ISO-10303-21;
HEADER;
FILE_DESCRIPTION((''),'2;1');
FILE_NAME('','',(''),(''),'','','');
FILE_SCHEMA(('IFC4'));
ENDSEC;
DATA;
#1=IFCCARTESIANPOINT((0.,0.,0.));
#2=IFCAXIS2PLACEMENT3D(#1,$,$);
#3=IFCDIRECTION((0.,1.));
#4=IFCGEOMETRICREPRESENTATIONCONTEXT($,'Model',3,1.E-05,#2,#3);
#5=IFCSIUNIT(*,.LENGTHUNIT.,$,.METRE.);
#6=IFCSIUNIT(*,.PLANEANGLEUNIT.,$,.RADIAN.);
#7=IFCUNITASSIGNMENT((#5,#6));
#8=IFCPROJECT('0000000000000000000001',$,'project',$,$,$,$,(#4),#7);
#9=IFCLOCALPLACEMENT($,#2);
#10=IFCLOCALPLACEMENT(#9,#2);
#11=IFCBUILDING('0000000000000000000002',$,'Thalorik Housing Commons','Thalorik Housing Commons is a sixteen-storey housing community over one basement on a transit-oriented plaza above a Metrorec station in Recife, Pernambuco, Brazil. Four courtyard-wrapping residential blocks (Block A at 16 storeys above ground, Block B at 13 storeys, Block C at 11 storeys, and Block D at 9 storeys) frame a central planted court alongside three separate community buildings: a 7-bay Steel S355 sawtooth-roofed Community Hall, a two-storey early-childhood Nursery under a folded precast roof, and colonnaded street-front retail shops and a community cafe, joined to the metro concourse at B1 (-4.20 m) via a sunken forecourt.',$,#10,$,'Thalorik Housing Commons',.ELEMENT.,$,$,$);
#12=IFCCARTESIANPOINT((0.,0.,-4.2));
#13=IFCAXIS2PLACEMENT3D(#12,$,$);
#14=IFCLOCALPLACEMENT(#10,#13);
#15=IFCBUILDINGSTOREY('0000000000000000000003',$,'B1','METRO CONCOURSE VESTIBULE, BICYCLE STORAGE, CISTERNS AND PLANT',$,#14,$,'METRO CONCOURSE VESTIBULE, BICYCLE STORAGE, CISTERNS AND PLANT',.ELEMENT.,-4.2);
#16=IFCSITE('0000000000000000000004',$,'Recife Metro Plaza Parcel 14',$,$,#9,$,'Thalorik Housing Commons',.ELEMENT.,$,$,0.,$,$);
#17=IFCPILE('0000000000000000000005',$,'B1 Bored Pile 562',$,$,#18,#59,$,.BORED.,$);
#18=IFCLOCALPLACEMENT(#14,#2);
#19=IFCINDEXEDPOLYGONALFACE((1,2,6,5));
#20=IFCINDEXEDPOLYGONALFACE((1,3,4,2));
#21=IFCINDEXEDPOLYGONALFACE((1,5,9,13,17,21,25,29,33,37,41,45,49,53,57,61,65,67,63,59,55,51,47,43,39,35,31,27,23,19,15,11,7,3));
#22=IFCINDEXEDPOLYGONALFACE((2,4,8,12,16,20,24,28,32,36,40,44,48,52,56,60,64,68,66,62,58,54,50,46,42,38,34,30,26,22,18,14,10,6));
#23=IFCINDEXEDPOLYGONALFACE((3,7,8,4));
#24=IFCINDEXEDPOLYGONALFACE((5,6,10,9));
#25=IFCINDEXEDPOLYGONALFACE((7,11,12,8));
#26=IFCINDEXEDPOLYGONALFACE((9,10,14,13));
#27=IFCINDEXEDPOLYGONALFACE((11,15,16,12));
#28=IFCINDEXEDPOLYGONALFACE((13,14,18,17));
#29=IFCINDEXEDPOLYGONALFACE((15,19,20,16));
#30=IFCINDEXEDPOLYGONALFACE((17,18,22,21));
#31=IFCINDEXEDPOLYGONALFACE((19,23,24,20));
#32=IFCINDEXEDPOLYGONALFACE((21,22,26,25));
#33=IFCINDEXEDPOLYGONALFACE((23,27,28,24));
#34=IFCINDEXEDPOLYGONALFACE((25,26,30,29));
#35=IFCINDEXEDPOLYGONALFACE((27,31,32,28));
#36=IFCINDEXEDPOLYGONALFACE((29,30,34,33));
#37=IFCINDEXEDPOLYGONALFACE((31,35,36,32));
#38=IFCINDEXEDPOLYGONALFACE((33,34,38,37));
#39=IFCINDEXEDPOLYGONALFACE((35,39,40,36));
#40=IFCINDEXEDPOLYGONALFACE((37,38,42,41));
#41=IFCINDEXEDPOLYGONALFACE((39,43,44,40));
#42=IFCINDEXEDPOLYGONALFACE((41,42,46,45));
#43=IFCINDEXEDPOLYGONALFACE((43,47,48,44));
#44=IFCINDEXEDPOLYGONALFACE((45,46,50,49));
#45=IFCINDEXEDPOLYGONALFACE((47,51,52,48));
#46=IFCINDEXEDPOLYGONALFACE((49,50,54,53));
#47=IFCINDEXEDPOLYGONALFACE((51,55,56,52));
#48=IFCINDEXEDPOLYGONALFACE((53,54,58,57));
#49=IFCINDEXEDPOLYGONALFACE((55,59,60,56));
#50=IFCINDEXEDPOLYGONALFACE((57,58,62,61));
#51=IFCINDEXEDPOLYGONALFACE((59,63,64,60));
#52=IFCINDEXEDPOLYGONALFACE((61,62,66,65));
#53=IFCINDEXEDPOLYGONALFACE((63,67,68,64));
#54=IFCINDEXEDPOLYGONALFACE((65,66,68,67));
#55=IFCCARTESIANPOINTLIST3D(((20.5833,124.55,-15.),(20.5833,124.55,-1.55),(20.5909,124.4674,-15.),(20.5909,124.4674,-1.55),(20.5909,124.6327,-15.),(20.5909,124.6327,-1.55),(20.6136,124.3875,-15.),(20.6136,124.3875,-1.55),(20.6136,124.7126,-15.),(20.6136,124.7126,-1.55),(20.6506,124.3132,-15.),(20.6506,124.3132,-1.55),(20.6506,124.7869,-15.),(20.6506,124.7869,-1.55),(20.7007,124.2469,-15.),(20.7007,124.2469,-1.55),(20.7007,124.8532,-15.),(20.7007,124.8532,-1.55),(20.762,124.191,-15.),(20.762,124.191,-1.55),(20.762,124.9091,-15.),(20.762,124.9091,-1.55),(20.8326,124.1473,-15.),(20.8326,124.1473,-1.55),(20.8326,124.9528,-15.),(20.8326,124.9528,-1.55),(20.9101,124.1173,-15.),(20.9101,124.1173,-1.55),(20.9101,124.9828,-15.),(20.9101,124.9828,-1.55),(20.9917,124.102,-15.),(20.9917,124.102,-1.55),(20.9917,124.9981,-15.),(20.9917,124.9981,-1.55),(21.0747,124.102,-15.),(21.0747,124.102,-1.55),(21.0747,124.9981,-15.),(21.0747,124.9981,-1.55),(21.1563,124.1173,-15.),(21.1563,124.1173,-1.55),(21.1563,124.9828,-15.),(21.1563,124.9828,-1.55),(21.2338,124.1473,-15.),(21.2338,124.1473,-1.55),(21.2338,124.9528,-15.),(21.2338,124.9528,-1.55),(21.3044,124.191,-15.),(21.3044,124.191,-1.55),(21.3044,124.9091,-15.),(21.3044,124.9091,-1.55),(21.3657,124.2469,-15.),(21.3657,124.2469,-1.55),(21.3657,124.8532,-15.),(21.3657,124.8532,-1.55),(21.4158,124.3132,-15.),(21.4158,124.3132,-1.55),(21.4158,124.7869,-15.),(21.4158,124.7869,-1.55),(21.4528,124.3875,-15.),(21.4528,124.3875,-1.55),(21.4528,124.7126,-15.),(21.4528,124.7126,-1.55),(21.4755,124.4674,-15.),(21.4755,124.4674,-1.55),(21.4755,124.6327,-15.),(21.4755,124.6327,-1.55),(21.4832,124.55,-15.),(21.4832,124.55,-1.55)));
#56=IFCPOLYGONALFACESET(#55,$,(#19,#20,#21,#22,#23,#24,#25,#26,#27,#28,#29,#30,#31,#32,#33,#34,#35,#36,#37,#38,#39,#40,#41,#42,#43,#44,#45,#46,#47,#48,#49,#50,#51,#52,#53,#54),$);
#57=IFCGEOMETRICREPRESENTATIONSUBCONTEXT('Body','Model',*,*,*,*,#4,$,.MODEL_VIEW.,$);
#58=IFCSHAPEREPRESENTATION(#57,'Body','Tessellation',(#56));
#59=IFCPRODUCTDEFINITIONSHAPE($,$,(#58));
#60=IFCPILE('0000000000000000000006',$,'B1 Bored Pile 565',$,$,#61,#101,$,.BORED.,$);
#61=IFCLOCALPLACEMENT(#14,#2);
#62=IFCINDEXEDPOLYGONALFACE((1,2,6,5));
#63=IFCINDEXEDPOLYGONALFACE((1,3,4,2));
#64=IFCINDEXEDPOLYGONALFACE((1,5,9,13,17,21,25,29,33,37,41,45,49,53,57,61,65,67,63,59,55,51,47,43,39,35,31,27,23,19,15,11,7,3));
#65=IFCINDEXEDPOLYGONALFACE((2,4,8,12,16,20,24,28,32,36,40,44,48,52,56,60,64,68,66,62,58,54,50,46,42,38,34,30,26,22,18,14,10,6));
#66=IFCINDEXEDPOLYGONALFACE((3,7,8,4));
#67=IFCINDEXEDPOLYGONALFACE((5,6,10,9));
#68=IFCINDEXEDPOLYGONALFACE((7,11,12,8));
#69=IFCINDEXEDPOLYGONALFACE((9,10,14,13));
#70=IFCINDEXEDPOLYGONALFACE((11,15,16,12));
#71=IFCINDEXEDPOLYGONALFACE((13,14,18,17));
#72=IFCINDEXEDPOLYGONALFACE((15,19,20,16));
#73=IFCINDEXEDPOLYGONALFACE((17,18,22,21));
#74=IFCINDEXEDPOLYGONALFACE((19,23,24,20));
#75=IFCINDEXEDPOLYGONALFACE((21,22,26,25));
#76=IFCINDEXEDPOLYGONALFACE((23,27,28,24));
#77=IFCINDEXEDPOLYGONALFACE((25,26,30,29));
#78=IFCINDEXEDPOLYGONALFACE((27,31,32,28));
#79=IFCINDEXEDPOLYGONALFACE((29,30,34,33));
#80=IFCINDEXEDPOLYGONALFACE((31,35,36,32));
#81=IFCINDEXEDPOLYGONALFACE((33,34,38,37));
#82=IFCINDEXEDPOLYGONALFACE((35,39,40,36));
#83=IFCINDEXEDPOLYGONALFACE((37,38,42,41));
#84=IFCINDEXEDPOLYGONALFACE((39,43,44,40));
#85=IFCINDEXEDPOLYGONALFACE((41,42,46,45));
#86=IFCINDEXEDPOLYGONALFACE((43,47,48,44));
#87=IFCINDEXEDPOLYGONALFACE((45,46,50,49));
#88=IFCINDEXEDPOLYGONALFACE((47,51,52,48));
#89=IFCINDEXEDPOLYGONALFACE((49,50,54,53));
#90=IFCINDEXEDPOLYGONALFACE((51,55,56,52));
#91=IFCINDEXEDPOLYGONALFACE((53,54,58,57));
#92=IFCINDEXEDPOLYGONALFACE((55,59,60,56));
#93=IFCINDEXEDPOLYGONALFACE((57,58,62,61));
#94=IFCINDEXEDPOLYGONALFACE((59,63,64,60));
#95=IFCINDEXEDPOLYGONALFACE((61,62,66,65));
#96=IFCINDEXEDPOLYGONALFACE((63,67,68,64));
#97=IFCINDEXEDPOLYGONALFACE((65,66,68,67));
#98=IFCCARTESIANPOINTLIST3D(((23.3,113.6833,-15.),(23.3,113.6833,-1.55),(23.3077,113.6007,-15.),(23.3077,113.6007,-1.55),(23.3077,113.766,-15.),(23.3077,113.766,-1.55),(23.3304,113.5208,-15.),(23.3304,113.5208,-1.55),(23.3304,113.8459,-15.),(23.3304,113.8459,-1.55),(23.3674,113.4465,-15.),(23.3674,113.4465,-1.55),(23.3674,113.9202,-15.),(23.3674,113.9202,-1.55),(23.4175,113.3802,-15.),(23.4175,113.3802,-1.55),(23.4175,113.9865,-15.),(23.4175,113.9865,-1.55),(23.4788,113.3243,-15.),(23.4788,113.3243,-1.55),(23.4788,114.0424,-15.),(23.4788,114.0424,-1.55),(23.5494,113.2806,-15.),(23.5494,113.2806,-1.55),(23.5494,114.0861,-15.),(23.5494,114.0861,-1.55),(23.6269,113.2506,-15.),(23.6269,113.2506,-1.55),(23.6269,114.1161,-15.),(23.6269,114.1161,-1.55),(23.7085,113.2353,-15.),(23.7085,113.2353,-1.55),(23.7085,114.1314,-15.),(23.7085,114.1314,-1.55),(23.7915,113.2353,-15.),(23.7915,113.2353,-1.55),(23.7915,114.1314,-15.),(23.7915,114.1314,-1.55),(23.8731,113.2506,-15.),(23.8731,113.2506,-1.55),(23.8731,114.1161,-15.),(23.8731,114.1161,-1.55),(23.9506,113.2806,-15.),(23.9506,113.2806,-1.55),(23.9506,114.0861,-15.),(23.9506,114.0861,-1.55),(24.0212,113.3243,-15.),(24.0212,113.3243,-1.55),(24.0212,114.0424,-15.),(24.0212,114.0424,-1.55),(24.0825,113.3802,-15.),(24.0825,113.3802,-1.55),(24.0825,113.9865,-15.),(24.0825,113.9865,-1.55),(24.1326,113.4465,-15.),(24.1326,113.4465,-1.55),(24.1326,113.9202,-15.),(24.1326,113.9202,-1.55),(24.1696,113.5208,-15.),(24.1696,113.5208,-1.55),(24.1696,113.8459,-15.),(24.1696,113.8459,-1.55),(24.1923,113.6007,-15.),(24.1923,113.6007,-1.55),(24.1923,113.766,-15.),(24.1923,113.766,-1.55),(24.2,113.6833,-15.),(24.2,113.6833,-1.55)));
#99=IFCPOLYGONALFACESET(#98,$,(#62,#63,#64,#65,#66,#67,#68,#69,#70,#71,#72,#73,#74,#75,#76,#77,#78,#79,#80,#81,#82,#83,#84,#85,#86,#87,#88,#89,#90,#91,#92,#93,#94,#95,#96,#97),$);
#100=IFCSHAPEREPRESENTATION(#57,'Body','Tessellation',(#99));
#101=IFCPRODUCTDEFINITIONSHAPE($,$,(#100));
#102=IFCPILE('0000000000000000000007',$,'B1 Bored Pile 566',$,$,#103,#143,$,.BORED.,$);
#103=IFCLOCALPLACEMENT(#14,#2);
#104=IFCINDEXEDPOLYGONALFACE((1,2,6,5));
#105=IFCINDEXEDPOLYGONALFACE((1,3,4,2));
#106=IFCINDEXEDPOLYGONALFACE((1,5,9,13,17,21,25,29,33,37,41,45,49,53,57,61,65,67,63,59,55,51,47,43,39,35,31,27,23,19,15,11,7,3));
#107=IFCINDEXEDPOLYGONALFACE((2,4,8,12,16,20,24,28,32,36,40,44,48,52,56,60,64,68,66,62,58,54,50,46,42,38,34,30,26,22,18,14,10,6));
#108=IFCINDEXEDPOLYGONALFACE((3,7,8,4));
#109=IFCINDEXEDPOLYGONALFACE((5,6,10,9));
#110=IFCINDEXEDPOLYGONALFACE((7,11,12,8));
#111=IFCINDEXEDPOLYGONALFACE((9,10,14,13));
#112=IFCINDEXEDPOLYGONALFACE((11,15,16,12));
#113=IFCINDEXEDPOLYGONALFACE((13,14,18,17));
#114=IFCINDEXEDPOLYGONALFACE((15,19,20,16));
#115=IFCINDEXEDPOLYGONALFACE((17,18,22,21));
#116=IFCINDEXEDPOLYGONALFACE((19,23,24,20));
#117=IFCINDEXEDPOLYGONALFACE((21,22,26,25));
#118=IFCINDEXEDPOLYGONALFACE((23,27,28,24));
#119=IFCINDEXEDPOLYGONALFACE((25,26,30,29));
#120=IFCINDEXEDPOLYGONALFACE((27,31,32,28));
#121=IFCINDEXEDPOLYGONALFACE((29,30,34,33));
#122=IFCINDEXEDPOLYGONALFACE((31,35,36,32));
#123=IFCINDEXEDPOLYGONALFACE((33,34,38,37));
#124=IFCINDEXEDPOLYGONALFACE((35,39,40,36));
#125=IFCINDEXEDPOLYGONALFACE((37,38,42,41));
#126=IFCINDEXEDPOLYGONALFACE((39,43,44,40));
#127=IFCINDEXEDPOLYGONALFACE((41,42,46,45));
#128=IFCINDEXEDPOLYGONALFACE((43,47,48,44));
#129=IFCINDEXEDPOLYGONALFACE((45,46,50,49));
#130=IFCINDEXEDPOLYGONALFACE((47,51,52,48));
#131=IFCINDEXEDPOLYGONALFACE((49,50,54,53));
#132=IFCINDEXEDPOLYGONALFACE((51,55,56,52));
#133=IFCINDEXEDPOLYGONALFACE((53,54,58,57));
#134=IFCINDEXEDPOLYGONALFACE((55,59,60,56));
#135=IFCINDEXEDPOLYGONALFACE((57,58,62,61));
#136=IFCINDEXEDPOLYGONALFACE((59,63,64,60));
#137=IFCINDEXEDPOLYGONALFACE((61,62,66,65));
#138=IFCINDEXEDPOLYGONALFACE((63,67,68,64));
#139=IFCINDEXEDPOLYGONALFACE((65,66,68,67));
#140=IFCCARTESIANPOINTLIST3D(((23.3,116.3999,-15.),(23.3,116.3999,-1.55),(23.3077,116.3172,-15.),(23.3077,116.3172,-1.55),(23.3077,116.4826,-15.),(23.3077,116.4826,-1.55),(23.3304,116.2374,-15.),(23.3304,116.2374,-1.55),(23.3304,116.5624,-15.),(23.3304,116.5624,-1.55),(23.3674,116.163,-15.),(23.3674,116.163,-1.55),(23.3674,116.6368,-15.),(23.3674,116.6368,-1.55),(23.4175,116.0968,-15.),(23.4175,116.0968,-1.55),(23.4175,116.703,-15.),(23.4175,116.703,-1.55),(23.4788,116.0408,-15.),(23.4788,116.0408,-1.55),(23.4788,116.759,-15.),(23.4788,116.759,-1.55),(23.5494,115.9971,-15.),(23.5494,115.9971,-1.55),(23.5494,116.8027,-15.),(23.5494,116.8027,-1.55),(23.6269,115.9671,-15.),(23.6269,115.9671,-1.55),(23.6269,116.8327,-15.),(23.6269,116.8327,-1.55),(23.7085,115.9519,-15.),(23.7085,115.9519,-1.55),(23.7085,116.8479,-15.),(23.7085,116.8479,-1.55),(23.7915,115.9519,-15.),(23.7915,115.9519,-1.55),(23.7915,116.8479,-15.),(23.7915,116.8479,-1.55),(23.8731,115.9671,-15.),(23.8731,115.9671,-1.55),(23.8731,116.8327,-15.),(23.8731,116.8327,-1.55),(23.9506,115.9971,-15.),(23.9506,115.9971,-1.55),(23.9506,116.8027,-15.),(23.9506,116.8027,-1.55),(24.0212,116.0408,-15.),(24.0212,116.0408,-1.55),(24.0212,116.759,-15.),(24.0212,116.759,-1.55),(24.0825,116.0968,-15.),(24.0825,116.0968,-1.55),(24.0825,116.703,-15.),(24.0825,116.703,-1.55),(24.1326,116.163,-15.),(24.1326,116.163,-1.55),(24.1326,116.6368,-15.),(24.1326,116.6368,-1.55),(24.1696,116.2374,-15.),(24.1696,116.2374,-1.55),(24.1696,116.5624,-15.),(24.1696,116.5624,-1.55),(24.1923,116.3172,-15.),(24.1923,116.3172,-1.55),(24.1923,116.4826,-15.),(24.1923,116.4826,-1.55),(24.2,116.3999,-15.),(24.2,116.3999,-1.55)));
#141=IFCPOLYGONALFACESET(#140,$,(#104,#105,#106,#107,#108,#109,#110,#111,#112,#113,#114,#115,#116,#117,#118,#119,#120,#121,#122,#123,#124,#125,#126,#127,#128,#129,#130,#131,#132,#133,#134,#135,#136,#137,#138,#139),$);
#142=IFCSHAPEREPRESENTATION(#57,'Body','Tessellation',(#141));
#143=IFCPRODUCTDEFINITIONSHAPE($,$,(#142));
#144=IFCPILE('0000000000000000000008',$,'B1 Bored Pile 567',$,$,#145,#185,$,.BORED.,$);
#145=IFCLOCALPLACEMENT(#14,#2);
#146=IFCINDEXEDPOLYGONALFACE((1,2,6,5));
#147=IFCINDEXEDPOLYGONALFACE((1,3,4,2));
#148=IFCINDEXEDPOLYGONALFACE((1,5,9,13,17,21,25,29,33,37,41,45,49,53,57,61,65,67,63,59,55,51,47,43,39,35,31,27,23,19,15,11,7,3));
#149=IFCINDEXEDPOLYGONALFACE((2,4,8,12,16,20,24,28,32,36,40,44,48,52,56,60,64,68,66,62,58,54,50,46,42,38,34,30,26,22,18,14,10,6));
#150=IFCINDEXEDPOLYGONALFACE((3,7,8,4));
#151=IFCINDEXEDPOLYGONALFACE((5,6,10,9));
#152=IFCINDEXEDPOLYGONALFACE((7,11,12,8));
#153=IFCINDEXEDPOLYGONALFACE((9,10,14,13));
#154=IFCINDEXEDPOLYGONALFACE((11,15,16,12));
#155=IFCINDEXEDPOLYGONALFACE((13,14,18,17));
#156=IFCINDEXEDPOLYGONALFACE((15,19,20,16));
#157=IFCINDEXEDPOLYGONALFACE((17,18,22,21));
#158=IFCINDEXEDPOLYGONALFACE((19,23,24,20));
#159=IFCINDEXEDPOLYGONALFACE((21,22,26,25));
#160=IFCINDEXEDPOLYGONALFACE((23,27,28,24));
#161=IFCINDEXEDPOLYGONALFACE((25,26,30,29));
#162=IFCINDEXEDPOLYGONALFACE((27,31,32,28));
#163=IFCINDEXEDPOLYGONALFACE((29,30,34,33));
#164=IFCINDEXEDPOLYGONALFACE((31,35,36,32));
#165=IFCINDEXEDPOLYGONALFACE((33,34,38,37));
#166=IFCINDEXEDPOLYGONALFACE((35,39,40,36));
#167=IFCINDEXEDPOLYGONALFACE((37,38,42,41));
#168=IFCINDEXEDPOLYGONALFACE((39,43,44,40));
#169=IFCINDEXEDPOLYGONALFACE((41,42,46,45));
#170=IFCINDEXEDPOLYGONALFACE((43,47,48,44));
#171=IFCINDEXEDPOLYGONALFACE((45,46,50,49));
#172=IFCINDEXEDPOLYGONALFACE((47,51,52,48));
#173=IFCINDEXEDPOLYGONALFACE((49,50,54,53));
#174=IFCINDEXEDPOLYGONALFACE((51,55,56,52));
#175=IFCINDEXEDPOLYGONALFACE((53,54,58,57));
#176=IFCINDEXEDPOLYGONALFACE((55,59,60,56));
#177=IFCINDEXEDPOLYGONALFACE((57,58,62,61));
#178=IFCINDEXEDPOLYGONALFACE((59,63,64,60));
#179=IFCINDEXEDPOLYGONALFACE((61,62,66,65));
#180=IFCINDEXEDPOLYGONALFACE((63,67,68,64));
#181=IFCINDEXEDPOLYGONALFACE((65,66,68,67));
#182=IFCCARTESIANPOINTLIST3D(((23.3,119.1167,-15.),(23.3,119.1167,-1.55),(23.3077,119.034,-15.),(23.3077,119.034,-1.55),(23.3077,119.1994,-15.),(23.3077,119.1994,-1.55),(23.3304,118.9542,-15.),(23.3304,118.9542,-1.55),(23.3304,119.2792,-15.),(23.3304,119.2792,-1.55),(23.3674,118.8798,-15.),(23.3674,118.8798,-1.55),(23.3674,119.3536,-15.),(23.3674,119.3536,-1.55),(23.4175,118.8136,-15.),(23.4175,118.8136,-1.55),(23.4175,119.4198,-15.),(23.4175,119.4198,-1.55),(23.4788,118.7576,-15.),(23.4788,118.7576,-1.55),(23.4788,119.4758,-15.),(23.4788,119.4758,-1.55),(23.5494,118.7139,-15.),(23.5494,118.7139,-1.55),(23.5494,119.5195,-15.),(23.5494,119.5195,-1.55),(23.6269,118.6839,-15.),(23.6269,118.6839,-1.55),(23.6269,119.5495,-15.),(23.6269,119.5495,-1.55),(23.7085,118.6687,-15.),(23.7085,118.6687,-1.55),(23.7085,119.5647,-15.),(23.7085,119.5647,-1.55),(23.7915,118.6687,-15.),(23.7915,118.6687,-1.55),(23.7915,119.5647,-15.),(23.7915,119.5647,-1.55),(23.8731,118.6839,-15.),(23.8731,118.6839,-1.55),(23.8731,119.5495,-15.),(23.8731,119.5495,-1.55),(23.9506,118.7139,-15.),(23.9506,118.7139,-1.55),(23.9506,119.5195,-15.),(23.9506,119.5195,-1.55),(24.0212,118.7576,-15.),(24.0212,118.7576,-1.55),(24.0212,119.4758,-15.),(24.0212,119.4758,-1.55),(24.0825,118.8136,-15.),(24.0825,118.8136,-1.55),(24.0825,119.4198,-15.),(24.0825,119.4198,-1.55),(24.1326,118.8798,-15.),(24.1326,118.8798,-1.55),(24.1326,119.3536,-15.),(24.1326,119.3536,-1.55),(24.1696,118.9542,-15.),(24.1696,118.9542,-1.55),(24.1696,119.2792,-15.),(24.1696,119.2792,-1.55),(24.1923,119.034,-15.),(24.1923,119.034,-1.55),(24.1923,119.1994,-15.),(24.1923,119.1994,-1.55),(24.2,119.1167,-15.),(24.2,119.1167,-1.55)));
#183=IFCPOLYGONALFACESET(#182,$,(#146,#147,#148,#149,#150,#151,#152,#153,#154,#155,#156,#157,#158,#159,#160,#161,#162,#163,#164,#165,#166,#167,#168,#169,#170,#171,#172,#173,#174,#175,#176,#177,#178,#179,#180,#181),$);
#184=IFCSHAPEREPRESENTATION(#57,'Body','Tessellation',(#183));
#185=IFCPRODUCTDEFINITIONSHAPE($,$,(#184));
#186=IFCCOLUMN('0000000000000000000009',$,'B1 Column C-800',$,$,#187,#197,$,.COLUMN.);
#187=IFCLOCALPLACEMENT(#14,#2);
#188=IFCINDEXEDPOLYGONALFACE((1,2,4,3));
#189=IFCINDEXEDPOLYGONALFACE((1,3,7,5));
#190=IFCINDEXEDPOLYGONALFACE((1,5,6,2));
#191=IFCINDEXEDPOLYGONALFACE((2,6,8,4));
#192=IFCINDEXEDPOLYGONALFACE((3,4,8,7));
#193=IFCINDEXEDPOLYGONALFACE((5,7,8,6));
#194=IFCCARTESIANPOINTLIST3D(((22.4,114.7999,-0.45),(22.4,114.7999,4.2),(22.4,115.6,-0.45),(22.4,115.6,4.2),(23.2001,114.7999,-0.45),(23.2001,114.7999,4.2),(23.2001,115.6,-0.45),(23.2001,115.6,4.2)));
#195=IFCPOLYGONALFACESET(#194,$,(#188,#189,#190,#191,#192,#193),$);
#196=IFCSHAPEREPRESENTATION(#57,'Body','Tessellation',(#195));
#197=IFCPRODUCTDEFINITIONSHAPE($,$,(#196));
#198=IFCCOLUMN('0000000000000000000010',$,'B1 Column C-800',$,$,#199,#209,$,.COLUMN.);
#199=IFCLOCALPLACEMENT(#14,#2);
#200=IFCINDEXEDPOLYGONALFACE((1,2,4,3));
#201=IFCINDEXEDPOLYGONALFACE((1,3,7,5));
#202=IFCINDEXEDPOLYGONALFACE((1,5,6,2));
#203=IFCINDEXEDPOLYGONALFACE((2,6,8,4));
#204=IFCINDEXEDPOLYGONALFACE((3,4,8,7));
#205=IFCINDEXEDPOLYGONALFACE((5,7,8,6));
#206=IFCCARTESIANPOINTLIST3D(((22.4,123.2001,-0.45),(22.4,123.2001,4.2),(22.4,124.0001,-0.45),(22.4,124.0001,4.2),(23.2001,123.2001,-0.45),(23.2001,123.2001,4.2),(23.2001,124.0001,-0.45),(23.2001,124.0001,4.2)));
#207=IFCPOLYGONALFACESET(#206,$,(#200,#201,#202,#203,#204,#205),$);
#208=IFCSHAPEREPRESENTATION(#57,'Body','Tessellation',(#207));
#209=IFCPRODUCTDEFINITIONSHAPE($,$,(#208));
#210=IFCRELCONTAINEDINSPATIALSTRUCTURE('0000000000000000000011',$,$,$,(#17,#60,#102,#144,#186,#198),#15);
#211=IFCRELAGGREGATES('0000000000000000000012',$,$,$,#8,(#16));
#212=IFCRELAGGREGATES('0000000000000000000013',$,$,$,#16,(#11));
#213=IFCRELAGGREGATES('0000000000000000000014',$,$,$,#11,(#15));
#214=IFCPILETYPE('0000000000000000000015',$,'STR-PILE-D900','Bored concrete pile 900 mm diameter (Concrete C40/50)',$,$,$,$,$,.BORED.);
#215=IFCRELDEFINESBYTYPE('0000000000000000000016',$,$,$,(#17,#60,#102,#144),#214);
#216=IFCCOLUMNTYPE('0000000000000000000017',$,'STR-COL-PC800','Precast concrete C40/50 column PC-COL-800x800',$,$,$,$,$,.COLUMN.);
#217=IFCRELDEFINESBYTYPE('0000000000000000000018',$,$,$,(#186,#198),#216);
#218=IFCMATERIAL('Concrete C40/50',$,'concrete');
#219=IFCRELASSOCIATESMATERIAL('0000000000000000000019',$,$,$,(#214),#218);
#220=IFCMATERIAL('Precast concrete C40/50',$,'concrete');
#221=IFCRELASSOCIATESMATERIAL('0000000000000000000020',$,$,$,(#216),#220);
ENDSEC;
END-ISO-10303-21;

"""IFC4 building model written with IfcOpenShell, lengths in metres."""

from ifc_helpers import new_model, si_unit, direction, frame, origin, origin_2d, place, context, subcontext, project, spatial, rectangle, circle, extrude, material, material_profile, profile_set, type_object, element, save


model = new_model("IFC4")

# Units and contexts
model_context = context("Model", 3, precision=1e-05, world=origin(), true_north=direction((0.0, 1.0)))
body_context = subcontext(model_context, "Body", "Model", "MODEL_VIEW")
ifc_project = project(units=[si_unit("LENGTHUNIT", "METRE"), si_unit("PLANEANGLEUNIT", "RADIAN")], contexts=[model_context])

# Site, building, storey
site_placement = place(None, origin())
site = spatial("IfcSite", under=ifc_project, at=site_placement, Name="Recife Metro Plaza Parcel 14", LongName="Thalorik Housing Commons", CompositionType="ELEMENT", RefElevation=0.0)
building_placement = place(site_placement, origin())
building = spatial("IfcBuilding", under=site, at=building_placement, Name="Thalorik Housing Commons", Description="Thalorik Housing Commons is a sixteen-storey housing community over one basement on a transit-oriented plaza above a Metrorec station in Recife, Pernambuco, Brazil. Four courtyard-wrapping residential blocks (Block A at 16 storeys above ground, Block B at 13 storeys, Block C at 11 storeys, and Block D at 9 storeys) frame a central planted court alongside three separate community buildings: a 7-bay Steel S355 sawtooth-roofed Community Hall, a two-storey early-childhood Nursery under a folded precast roof, and colonnaded street-front retail shops and a community cafe, joined to the metro concourse at B1 (-4.20 m) via a sunken forecourt.", LongName="Thalorik Housing Commons", CompositionType="ELEMENT")
storey_placement = place(building_placement, frame((0.0, 0.0, -4.2)))
storey = spatial("IfcBuildingStorey", under=building, at=storey_placement, Name="B1", Description="METRO CONCOURSE VESTIBULE, BICYCLE STORAGE, CISTERNS AND PLANT", LongName="METRO CONCOURSE VESTIBULE, BICYCLE STORAGE, CISTERNS AND PLANT", CompositionType="ELEMENT", Elevation=-4.2)

# Piles
ifc_material_1 = material(Name="Concrete C40/50", Category="concrete")
ifc_material_profile_1 = material_profile(ifc_material_1, circle(Radius=0.45, at=origin_2d()), Name="BORED PILE D900", Category="concrete")
ifc_profile_set_1 = profile_set([ifc_material_profile_1], Name="Concrete C40/50")
pile_type = type_object("IfcPileType", Name="STR-PILE-D900", Description="Bored concrete pile 900 mm diameter (Concrete C40/50)", PredefinedType="BORED", material=ifc_profile_set_1)
for number, where, z_axis, x_axis, name in (
    (1, (21.0332, 124.55, -1.55), (0.0, 0.0, -1.0), (1.0, 0.0, 0.0), "B1 Bored Pile 562"),
    (2, (23.75, 113.6833, -1.55), (0.0, 0.0, -1.0), (1.0, 0.0, 0.0), "B1 Bored Pile 565"),
    (3, (23.75, 116.3999, -1.55), (0.0, 0.0, -1.0), (1.0, 0.0, 0.0), "B1 Bored Pile 566"),
    (4, (23.75, 119.1167, -1.55), (0.0, 0.0, -1.0), (1.0, 0.0, 0.0), "B1 Bored Pile 567"),
):
    element("IfcPile", number, at=place(storey_placement, frame(where, z_axis=z_axis, x_axis=x_axis)), inside=storey, type_object=pile_type, Name=name, PredefinedType="BORED", context=body_context, shape_type="SweptSolid", body=[
        extrude(circle(Radius=0.45, at=origin_2d()), origin(), (0.0, 0.0, 1.0), 13.45),
    ])

# Columns
ifc_material_2 = material(Name="Precast concrete C40/50", Category="concrete")
ifc_material_profile_2 = material_profile(ifc_material_2, rectangle(XDim=0.8, YDim=0.8, at=origin_2d()), Name="PC 800x800", Category="concrete")
ifc_profile_set_2 = profile_set([ifc_material_profile_2], Name="Precast concrete C40/50")
column_type = type_object("IfcColumnType", Name="STR-COL-PC800", Description="Precast concrete C40/50 column PC-COL-800x800", PredefinedType="COLUMN", material=ifc_profile_set_2)
for number, where, z_axis, x_axis, name in (
    (5, (22.8, 115.2, -0.45), (0.0, 0.0, 1.0), (1.0, 0.0, 0.0), "B1 Column C-800"),
    (6, (22.8, 123.6001, -0.45), (0.0, 0.0, 1.0), (1.0, 0.0, 0.0), "B1 Column C-800"),
):
    element("IfcColumn", number, at=place(storey_placement, frame(where, z_axis=z_axis, x_axis=x_axis)), inside=storey, type_object=column_type, Name=name, PredefinedType="COLUMN", context=body_context, shape_type="SweptSolid", body=[
        extrude(rectangle(XDim=0.8, YDim=0.8, at=origin_2d()), origin(), (0.0, 0.0, 1.0), 4.6499),
    ])

save(model, "model.ifc")
